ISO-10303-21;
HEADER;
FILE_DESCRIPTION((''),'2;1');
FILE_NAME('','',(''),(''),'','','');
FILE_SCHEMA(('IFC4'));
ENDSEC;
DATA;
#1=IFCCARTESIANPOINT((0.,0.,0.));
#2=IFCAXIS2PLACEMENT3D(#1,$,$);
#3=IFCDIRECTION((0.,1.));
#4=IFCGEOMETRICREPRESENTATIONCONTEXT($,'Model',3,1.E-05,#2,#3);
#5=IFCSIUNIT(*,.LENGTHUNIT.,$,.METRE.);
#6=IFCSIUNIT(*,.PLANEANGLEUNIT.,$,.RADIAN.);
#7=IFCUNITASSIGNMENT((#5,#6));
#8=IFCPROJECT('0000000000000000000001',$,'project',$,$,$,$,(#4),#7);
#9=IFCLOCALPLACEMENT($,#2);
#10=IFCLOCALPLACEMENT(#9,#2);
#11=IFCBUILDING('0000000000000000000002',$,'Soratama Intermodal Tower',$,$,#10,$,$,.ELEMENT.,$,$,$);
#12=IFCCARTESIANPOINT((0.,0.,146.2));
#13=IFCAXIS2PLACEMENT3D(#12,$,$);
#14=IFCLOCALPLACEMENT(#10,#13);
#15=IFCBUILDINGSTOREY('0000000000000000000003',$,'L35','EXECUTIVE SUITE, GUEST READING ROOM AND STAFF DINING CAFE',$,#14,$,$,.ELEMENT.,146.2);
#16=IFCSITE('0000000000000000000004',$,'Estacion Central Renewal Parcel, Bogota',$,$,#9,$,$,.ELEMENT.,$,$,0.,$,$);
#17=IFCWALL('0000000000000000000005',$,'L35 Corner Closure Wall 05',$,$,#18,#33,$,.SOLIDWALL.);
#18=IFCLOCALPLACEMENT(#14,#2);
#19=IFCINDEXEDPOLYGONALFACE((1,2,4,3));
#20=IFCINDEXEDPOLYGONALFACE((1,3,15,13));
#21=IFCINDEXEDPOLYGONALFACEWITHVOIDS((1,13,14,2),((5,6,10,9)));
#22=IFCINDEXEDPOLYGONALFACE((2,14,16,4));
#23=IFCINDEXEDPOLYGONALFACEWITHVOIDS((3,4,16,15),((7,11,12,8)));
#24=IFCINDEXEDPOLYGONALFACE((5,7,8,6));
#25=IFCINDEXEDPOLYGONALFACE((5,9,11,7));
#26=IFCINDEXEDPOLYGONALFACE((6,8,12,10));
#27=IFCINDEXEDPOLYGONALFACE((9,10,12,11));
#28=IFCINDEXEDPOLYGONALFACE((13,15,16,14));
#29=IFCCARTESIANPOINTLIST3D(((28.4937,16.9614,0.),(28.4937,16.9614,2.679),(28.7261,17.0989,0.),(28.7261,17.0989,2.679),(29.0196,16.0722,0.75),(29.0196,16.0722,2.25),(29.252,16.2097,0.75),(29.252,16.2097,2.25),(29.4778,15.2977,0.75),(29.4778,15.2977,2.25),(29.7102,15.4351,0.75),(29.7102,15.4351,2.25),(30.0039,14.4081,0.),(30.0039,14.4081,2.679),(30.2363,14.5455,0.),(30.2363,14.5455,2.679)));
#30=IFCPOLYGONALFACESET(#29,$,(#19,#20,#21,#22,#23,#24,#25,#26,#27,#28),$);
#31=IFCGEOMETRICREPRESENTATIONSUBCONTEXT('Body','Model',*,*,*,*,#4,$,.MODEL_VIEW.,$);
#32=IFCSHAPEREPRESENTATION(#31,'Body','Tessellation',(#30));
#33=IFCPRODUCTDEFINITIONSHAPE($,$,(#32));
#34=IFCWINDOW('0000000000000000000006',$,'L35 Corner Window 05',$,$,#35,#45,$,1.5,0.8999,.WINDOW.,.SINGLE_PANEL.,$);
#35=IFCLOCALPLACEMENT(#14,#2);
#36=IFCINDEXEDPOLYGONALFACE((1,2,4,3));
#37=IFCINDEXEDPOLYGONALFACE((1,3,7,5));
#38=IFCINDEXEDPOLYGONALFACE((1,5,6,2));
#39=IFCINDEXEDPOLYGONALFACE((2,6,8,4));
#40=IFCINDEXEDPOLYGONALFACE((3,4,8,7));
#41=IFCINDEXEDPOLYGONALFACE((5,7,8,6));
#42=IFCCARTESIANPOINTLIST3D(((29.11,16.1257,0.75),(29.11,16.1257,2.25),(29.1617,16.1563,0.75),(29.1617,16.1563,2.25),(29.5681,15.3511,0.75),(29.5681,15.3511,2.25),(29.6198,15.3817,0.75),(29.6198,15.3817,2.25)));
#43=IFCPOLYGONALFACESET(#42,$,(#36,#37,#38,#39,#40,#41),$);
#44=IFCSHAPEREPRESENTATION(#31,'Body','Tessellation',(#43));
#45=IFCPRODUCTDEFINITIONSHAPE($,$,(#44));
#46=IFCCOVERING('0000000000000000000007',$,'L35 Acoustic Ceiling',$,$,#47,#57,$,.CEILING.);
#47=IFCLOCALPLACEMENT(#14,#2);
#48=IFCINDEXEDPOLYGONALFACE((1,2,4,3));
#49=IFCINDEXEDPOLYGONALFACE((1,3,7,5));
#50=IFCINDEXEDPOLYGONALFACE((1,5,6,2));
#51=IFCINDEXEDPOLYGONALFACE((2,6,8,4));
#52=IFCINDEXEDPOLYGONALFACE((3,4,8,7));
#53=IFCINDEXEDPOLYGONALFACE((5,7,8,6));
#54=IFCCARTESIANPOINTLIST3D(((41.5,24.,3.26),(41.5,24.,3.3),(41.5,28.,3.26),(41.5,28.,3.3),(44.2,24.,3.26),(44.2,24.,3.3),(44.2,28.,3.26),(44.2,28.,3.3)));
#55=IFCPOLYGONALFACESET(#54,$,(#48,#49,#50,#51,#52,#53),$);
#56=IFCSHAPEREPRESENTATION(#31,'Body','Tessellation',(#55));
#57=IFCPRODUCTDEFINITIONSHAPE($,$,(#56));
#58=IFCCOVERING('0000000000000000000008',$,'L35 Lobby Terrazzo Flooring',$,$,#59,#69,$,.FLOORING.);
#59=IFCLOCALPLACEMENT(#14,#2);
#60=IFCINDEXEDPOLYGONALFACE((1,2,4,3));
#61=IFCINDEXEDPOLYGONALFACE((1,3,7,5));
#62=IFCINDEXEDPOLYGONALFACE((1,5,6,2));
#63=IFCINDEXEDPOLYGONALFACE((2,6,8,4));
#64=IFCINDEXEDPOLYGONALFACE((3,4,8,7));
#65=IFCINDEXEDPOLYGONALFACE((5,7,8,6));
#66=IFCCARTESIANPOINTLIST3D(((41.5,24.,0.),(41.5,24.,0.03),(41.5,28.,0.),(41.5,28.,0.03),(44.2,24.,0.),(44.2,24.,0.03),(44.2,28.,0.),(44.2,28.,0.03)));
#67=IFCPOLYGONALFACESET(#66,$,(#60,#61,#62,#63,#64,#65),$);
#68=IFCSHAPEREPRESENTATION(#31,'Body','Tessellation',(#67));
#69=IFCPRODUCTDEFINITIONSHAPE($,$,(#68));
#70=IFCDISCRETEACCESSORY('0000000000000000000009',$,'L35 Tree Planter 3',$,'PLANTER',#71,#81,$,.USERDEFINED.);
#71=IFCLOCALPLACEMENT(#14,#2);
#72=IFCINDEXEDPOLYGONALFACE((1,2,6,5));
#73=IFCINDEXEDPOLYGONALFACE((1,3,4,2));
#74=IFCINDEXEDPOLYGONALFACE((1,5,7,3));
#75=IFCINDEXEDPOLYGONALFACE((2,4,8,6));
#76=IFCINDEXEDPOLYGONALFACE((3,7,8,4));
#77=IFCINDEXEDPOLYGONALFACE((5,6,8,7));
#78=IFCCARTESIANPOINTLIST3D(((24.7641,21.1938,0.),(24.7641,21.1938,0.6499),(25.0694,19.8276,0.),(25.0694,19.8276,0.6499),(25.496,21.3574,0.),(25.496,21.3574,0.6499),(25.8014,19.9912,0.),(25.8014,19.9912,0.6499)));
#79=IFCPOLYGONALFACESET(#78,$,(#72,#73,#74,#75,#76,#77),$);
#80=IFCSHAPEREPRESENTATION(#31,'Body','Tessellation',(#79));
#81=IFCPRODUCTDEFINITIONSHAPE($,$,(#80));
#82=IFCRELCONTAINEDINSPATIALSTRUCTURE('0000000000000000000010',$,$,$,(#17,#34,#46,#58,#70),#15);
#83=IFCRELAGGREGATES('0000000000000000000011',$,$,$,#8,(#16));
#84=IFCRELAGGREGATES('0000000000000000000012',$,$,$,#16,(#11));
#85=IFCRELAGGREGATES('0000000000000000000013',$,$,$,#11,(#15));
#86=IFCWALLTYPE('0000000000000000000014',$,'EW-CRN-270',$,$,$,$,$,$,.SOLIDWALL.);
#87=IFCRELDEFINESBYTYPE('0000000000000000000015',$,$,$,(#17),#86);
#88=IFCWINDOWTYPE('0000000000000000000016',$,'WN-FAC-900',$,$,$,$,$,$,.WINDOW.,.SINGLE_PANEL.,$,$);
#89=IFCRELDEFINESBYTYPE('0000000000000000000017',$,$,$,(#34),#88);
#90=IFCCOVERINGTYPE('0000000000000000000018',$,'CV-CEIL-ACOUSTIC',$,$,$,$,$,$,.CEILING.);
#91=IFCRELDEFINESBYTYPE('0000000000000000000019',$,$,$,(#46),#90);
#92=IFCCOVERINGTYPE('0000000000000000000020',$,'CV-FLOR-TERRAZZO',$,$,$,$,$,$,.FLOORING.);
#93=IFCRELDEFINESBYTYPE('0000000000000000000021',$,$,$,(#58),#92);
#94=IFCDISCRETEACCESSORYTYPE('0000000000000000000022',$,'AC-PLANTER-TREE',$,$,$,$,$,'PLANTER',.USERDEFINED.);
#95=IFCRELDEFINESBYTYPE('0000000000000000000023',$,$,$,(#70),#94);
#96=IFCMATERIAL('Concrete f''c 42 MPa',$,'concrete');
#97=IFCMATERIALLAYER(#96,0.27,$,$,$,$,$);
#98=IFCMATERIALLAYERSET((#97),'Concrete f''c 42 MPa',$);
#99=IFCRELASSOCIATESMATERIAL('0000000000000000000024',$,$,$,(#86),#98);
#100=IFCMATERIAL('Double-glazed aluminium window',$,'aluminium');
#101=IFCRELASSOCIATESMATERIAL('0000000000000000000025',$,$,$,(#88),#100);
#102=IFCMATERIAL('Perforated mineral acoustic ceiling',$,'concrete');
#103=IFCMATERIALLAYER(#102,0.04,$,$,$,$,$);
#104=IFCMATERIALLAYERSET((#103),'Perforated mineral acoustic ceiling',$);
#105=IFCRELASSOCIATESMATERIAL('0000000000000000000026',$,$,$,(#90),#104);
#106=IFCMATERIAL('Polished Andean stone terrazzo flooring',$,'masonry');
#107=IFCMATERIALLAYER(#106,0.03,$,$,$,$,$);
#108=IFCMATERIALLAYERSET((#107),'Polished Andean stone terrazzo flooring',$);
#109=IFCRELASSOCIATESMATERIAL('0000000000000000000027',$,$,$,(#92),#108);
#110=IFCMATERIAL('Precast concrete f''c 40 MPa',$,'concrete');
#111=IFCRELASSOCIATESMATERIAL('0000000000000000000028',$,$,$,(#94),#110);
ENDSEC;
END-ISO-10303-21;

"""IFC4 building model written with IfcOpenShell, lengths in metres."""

from ifc_helpers import new_model, si_unit, direction, frame, frame_2d, origin, origin_2d, place, context, subcontext, project, spatial, polyline, rectangle, outline, extrude, material, layer, layer_set, type_object, element, fill, save


model = new_model("IFC4")

# Units and contexts
model_context = context("Model", 3, precision=1e-05, world=origin(), true_north=direction((0.0, 1.0)))
body_context = subcontext(model_context, "Body", "Model", "MODEL_VIEW")
ifc_project = project(units=[si_unit("LENGTHUNIT", "METRE"), si_unit("PLANEANGLEUNIT", "RADIAN")], contexts=[model_context])

# Site, building, storey
site_placement = place(None, origin())
site = spatial("IfcSite", under=ifc_project, at=site_placement, Name="Estacion Central Renewal Parcel, Bogota", CompositionType="ELEMENT", RefElevation=0.0)
building_placement = place(site_placement, origin())
building = spatial("IfcBuilding", under=site, at=building_placement, Name="Soratama Intermodal Tower", CompositionType="ELEMENT")
storey_placement = place(building_placement, frame((0.0, 0.0, 146.2)))
storey = spatial("IfcBuildingStorey", under=building, at=storey_placement, Name="L35", Description="EXECUTIVE SUITE, GUEST READING ROOM AND STAFF DINING CAFE", CompositionType="ELEMENT", Elevation=146.2)

# Wall, opening, window
ifc_material_1 = material(Name="Concrete f'c 42 MPa", Category="concrete")
ifc_layer_1 = layer(ifc_material_1, 0.27)
ifc_layer_set_1 = layer_set([ifc_layer_1], Name="Concrete f'c 42 MPa")
wall_type = type_object("IfcWallType", Name="EW-CRN-270", PredefinedType="SOLIDWALL", material=ifc_layer_set_1)
wall_placement = place(storey_placement, frame((28.6099, 17.0303, 0.0), z_axis=(0.0, 0.0, 1.0), x_axis=(0.509076, -0.860722, 0.0)))
wall = element("IfcWall", 1, at=wall_placement, inside=storey, type_object=wall_type, Name="L35 Corner Closure Wall 05", PredefinedType="SOLIDWALL", context=body_context, shape_type="SweptSolid", body=[
    extrude(rectangle(XDim=2.9666, YDim=0.27, at=frame_2d((1.4834, 0.0))), origin(), (0.0, 0.0, 1.0), 2.679),
])
opening_placement = place(wall_placement, frame((1.0332, 0.0, 0.75)))
opening = element("IfcOpeningElement", 2, at=opening_placement, cuts=wall, PredefinedType="OPENING", context=body_context, shape_type="SweptSolid", body=[
    extrude(rectangle(XDim=0.8999, YDim=1.5, at=frame_2d((0.45, 0.75))), frame((0.0, 0.145, 0.0), z_axis=(0.0, -1.0, 0.0), x_axis=(1.0, 0.0, 0.0)), (0.0, 0.0, 1.0), 0.29),
])
ifc_material_2 = material(Name="Double-glazed aluminium window", Category="aluminium")
window_type = type_object("IfcWindowType", Name="WN-FAC-900", PartitioningType="SINGLE_PANEL", PredefinedType="WINDOW", material=ifc_material_2)
window_placement = place(opening_placement, origin())
window = element("IfcWindow", 3, at=window_placement, inside=storey, type_object=window_type, Name="L35 Corner Window 05", OverallHeight=1.5, OverallWidth=0.8999, PartitioningType="SINGLE_PANEL", PredefinedType="WINDOW", context=body_context, shape_type="SweptSolid", body=[
    extrude(rectangle(XDim=0.8999, YDim=1.5, at=frame_2d((0.45, 0.75))), frame((0.0, 0.03, 0.0), z_axis=(0.0, -1.0, 0.0), x_axis=(1.0, 0.0, 0.0)), (0.0, 0.0, 1.0), 0.0601),
])
fill(opening, window)

# Coverings
ifc_material_3 = material(Name="Perforated mineral acoustic ceiling", Category="concrete")
ifc_layer_2 = layer(ifc_material_3, 0.04)
ifc_layer_set_2 = layer_set([ifc_layer_2], Name="Perforated mineral acoustic ceiling")
covering_type_1 = type_object("IfcCoveringType", Name="CV-CEIL-ACOUSTIC", PredefinedType="CEILING", material=ifc_layer_set_2)
covering_1_placement = place(storey_placement, frame((0.0, 0.0, 3.26)))
element("IfcCovering", 4, at=covering_1_placement, inside=storey, type_object=covering_type_1, Name="L35 Acoustic Ceiling", PredefinedType="CEILING", context=body_context, shape_type="SweptSolid", body=[
    extrude(outline(polyline([(41.5, 24.0), (44.2, 24.0), (44.2, 28.0), (41.5, 28.0), (41.5, 24.0)])), origin(), (0.0, 0.0, 1.0), 0.04),
])
ifc_material_4 = material(Name="Polished Andean stone terrazzo flooring", Category="masonry")
ifc_layer_3 = layer(ifc_material_4, 0.03)
ifc_layer_set_3 = layer_set([ifc_layer_3], Name="Polished Andean stone terrazzo flooring")
covering_type_2 = type_object("IfcCoveringType", Name="CV-FLOR-TERRAZZO", PredefinedType="FLOORING", material=ifc_layer_set_3)
covering_2_placement = place(storey_placement, origin())
element("IfcCovering", 5, at=covering_2_placement, inside=storey, type_object=covering_type_2, Name="L35 Lobby Terrazzo Flooring", PredefinedType="FLOORING", context=body_context, shape_type="SweptSolid", body=[
    extrude(outline(polyline([(41.5, 24.0), (44.2, 24.0), (44.2, 28.0), (41.5, 28.0), (41.5, 24.0)])), origin(), (0.0, 0.0, 1.0), 0.03),
])

# Discrete accessory
ifc_material_5 = material(Name="Precast concrete f'c 40 MPa", Category="concrete")
discrete_accessory_type = type_object("IfcDiscreteAccessoryType", Name="AC-PLANTER-TREE", ElementType="PLANTER", PredefinedType="USERDEFINED", material=ifc_material_5)
discrete_accessory_placement = place(storey_placement, frame((25.2827, 20.5925, 0.0), z_axis=(0.0, 0.0, 1.0), x_axis=(-0.975917, -0.218143, 0.0)))
element("IfcDiscreteAccessory", 6, at=discrete_accessory_placement, inside=storey, type_object=discrete_accessory_type, Name="L35 Tree Planter 3", ObjectType="PLANTER", PredefinedType="USERDEFINED", context=body_context, shape_type="SweptSolid", body=[
    extrude(rectangle(XDim=0.75, YDim=1.3999, at=origin_2d()), origin(), (0.0, 0.0, 1.0), 0.6499),
])

save(model, "model.ifc")
